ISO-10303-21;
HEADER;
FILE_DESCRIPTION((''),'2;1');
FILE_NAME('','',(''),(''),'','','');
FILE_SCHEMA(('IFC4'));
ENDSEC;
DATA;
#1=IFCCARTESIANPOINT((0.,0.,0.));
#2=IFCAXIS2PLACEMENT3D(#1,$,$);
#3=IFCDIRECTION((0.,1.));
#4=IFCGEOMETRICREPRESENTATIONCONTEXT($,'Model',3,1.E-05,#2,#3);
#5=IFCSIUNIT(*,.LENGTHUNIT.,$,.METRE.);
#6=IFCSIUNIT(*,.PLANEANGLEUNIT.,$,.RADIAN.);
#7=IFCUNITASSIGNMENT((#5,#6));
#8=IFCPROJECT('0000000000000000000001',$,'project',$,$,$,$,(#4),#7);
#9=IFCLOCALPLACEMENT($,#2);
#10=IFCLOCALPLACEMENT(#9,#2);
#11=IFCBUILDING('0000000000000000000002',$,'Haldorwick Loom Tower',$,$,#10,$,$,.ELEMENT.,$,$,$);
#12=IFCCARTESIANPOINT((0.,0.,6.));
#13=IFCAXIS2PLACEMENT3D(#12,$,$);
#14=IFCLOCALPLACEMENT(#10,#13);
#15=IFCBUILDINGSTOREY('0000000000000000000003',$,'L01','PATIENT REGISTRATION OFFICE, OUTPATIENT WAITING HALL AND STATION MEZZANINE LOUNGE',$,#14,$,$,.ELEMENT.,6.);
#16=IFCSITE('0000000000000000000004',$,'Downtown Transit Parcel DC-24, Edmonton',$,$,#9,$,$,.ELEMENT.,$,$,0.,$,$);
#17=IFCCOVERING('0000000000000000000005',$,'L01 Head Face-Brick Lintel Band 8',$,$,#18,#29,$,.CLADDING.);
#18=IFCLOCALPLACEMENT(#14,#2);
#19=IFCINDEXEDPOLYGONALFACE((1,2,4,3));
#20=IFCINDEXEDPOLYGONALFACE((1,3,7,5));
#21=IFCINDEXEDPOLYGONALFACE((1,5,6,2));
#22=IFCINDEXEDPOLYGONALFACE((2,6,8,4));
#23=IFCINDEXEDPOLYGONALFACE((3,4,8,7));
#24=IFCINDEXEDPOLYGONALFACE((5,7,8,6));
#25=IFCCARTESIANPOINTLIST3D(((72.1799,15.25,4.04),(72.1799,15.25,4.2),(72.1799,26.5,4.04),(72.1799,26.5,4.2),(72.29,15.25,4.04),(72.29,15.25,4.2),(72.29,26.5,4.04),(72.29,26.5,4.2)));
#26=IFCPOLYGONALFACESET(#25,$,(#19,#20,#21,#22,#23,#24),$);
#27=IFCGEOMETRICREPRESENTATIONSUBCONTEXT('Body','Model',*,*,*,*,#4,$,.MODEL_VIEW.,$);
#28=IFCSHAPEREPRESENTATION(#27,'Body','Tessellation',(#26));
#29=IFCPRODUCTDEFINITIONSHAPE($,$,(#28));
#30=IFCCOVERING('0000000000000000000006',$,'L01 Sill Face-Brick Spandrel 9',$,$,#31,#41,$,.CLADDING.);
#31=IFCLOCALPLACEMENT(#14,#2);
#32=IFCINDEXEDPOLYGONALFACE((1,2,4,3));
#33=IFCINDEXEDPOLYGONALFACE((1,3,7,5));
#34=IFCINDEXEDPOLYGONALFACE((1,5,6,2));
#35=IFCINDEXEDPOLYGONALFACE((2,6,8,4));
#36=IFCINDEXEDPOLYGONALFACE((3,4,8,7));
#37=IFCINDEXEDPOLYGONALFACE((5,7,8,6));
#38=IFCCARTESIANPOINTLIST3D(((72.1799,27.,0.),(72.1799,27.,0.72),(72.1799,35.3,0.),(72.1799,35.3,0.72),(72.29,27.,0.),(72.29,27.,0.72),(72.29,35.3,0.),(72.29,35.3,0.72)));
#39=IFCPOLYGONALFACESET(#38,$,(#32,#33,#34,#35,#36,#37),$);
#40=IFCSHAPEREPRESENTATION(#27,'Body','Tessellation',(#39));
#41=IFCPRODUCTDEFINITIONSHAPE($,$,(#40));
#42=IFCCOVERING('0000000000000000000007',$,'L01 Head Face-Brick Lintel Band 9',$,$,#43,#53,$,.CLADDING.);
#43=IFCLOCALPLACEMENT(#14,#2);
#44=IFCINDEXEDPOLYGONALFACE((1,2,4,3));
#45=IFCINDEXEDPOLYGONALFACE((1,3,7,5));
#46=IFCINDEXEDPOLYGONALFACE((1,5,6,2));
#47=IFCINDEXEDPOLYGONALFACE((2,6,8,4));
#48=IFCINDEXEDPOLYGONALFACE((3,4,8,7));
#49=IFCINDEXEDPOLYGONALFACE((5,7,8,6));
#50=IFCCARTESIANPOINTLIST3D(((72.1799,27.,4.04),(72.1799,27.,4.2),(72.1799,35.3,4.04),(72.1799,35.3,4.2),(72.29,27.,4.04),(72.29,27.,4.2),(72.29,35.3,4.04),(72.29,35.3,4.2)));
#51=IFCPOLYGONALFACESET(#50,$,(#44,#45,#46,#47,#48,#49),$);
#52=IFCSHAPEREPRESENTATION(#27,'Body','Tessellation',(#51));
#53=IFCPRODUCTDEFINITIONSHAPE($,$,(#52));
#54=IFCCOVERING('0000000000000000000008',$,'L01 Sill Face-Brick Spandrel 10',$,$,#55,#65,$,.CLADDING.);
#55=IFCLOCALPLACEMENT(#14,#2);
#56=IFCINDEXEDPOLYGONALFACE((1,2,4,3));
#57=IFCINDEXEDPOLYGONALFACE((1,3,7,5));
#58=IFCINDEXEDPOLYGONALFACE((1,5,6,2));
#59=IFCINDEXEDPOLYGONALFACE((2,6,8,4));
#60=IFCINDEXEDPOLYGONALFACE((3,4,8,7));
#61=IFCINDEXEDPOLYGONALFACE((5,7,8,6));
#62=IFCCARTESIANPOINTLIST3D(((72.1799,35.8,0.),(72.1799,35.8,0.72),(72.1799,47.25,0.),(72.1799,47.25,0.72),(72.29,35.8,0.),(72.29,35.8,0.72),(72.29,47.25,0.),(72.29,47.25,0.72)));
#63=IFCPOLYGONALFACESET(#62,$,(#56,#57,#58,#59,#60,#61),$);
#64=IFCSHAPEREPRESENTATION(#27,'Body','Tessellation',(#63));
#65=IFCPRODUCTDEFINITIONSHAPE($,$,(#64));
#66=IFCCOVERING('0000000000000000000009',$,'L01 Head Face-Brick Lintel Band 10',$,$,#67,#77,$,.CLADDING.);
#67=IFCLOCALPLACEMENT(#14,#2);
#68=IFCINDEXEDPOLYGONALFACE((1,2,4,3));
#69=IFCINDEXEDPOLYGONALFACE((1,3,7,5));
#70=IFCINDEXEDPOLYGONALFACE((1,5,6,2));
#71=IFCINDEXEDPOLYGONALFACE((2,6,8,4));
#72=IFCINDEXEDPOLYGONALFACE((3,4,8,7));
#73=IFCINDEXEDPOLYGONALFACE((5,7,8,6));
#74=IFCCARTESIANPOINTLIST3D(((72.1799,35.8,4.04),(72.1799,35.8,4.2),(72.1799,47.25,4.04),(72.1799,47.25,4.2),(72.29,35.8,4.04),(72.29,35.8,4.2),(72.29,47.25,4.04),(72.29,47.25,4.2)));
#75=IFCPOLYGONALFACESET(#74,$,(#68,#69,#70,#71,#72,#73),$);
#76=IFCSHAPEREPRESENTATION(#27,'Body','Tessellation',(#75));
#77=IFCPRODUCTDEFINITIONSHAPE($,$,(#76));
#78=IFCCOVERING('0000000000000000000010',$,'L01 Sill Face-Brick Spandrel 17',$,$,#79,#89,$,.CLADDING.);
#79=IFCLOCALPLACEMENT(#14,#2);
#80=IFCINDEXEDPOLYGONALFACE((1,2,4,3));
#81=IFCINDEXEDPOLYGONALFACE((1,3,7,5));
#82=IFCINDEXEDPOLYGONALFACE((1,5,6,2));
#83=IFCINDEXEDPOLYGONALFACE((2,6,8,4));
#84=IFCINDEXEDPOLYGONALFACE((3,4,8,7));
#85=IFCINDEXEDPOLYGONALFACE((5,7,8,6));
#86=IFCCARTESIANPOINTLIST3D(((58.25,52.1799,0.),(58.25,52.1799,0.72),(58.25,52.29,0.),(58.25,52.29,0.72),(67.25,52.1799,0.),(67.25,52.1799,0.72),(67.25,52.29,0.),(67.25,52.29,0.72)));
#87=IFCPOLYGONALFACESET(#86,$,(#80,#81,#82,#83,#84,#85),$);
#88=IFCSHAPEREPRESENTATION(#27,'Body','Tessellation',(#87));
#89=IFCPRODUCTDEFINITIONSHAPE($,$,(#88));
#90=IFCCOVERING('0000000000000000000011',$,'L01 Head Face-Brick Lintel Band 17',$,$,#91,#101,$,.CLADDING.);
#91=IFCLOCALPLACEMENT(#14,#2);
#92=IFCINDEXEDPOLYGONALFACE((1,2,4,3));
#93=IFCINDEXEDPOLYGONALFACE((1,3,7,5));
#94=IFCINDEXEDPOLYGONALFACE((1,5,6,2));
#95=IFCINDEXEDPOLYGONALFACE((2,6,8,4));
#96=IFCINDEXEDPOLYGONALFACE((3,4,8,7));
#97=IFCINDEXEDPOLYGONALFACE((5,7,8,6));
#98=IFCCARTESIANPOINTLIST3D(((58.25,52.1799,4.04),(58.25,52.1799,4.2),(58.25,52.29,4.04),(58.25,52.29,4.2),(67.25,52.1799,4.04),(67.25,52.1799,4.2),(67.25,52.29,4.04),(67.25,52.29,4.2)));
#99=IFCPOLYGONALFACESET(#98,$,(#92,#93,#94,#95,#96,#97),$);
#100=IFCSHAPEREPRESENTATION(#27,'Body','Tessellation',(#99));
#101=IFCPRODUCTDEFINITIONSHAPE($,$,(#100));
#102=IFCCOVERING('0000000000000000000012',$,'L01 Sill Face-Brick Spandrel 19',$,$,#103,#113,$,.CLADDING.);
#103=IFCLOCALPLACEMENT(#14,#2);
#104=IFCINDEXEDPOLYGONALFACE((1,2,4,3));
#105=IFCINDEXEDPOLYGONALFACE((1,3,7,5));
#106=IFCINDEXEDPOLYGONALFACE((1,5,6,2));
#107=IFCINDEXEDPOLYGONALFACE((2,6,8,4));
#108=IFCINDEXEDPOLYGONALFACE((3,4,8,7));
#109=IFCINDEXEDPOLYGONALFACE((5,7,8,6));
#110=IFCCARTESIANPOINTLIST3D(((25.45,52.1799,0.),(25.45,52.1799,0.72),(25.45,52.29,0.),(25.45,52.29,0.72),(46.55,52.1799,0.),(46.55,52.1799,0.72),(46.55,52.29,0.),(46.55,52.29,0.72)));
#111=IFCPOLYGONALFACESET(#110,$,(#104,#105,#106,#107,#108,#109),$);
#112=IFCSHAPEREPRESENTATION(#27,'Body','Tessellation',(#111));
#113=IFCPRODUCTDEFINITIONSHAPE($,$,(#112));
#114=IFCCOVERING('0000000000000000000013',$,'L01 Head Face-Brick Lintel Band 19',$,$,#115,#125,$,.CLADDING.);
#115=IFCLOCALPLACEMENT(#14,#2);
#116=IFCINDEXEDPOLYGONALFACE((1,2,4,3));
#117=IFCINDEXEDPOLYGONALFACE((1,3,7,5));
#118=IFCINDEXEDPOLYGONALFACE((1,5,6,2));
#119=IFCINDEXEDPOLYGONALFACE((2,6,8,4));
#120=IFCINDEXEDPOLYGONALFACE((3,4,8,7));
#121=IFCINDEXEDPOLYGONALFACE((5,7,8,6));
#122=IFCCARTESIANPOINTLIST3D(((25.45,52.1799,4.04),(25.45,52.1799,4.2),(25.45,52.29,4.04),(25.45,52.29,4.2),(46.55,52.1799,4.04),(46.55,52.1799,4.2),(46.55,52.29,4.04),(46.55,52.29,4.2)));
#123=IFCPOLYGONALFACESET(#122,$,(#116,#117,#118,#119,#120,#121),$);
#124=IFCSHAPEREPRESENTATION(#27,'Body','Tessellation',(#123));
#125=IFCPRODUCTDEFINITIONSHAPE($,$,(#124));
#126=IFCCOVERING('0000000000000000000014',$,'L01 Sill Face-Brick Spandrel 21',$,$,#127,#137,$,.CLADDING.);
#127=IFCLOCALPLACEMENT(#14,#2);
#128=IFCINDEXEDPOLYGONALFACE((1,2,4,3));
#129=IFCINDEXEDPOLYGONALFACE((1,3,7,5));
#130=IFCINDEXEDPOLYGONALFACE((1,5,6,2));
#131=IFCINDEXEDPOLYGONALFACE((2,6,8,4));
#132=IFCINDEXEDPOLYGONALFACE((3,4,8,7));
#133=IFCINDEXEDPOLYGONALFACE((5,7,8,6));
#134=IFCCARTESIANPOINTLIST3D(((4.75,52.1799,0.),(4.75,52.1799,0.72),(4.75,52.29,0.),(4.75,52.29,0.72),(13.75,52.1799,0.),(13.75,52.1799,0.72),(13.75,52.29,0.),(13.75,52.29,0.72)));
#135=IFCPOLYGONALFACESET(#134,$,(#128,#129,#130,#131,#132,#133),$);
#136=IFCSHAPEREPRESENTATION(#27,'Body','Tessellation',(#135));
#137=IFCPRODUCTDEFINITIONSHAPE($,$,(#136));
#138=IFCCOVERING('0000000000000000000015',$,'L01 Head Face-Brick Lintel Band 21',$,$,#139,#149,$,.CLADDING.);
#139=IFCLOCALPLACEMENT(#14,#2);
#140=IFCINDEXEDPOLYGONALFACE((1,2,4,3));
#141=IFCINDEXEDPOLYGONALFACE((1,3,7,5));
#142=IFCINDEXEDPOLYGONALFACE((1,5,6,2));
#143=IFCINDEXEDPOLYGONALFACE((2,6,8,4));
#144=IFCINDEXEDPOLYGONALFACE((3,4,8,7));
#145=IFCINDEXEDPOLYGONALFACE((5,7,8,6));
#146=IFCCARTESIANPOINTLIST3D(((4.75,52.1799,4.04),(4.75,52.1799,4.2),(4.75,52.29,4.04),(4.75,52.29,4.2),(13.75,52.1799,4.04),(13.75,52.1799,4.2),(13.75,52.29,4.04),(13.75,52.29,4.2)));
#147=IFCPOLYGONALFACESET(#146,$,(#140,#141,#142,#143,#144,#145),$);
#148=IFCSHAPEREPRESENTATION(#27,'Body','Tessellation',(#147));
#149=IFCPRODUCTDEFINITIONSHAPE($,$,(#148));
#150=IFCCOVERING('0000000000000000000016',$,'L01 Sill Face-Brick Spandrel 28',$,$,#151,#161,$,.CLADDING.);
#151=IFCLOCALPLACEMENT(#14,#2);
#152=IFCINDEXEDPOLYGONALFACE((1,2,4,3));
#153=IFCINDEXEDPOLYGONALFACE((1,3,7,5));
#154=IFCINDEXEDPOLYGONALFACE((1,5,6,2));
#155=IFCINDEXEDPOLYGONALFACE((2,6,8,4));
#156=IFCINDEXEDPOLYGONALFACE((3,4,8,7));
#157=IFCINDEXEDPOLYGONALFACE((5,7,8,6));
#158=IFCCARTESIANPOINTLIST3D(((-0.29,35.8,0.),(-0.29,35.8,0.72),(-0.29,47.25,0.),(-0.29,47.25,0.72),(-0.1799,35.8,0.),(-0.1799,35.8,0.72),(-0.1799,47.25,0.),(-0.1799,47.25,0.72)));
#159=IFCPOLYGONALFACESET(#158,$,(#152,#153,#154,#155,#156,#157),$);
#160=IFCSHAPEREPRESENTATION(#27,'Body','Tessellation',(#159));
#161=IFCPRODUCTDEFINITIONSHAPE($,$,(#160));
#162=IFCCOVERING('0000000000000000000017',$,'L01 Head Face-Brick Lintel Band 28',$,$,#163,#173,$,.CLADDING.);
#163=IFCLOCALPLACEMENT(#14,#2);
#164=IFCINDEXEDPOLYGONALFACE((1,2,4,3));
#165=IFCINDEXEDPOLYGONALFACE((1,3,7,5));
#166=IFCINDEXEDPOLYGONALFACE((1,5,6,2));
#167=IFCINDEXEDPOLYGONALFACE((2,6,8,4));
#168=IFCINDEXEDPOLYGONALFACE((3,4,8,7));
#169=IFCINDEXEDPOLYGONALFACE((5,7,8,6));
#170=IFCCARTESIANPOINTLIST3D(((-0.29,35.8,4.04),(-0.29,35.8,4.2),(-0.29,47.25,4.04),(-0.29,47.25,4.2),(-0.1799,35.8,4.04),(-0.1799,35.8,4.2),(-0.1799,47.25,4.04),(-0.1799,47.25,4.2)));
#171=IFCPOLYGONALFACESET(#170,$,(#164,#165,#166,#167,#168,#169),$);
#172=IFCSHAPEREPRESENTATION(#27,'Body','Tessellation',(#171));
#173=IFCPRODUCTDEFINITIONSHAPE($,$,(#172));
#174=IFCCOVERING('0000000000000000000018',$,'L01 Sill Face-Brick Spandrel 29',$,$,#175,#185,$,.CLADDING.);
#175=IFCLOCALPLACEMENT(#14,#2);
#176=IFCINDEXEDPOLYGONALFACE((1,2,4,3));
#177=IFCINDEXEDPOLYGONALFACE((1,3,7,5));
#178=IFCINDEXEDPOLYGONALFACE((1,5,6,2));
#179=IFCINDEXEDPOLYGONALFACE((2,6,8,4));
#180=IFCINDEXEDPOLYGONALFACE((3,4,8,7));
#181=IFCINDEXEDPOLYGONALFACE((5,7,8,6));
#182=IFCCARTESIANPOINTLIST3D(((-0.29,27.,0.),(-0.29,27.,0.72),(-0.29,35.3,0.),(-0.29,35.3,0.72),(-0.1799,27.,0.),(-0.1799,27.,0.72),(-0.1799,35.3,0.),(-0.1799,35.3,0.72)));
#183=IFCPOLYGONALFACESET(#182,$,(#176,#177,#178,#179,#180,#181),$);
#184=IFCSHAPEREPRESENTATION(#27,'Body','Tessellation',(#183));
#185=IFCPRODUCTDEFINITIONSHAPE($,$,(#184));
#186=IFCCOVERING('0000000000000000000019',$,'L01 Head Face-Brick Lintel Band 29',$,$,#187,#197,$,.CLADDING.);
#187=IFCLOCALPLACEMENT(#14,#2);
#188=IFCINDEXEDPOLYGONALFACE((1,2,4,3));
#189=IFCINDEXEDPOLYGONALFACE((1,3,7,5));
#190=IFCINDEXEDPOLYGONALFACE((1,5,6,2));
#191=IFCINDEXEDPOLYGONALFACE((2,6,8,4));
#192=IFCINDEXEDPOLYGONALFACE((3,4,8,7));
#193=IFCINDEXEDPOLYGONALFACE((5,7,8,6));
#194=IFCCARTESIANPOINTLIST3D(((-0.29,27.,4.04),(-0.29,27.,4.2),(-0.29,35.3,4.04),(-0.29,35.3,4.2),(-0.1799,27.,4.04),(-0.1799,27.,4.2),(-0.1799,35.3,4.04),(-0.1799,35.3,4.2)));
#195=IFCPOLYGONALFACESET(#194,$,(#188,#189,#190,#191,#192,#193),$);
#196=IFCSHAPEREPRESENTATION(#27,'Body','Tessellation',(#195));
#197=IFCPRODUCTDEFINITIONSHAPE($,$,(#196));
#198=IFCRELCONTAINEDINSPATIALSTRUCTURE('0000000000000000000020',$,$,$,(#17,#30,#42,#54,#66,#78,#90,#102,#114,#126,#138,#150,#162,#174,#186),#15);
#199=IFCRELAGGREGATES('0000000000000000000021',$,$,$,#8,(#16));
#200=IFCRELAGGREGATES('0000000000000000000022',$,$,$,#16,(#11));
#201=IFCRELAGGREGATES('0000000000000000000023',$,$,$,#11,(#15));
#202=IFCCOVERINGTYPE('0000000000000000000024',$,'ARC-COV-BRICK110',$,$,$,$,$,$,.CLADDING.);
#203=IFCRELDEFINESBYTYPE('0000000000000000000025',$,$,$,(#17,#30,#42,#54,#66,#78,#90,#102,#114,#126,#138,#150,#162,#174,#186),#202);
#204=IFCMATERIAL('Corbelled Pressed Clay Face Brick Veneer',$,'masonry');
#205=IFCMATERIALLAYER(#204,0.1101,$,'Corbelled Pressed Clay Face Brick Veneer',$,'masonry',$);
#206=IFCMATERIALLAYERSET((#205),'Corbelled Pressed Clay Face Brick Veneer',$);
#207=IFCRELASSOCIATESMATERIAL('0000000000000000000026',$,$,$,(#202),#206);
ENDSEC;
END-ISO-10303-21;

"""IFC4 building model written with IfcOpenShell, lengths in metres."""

from ifc_helpers import new_model, si_unit, direction, frame, origin, place, context, subcontext, project, spatial, polyline, outline, extrude, material, layer, layer_set, type_object, element, save


model = new_model("IFC4")

# Units and contexts
model_context = context("Model", 3, precision=1e-05, world=origin(), true_north=direction((0.0, 1.0)))
body_context = subcontext(model_context, "Body", "Model", "MODEL_VIEW")
ifc_project = project(units=[si_unit("LENGTHUNIT", "METRE"), si_unit("PLANEANGLEUNIT", "RADIAN")], contexts=[model_context])

# Site, building, storey
site_placement = place(None, origin())
site = spatial("IfcSite", under=ifc_project, at=site_placement, Name="Downtown Transit Parcel DC-24, Edmonton", CompositionType="ELEMENT", RefElevation=0.0)
building_placement = place(site_placement, origin())
building = spatial("IfcBuilding", under=site, at=building_placement, Name="Haldorwick Loom Tower", CompositionType="ELEMENT")
storey_placement = place(building_placement, frame((0.0, 0.0, 6.0)))
storey = spatial("IfcBuildingStorey", under=building, at=storey_placement, Name="L01", Description="PATIENT REGISTRATION OFFICE, OUTPATIENT WAITING HALL AND STATION MEZZANINE LOUNGE", CompositionType="ELEMENT", Elevation=6.0)

# Coverings
ifc_material_1 = material(Name="Corbelled Pressed Clay Face Brick Veneer", Category="masonry")
ifc_layer_1 = layer(ifc_material_1, 0.1101, Name="Corbelled Pressed Clay Face Brick Veneer", Category="masonry")
ifc_layer_set_1 = layer_set([ifc_layer_1], Name="Corbelled Pressed Clay Face Brick Veneer")
covering_type = type_object("IfcCoveringType", Name="ARC-COV-BRICK110", PredefinedType="CLADDING", material=ifc_layer_set_1)
covering_1_placement = place(storey_placement, frame((0.0, 0.0, 4.04)))
element("IfcCovering", 1, at=covering_1_placement, inside=storey, type_object=covering_type, Name="L01 Head Face-Brick Lintel Band 8", PredefinedType="CLADDING", context=body_context, shape_type="SweptSolid", body=[
    extrude(outline(polyline([(72.29, 15.25), (72.29, 26.5), (72.1799, 26.5), (72.1799, 15.25), (72.29, 15.25)])), origin(), (0.0, 0.0, 1.0), 0.1599),
])
covering_2_placement = place(storey_placement, origin())
element("IfcCovering", 2, at=covering_2_placement, inside=storey, type_object=covering_type, Name="L01 Sill Face-Brick Spandrel 9", PredefinedType="CLADDING", context=body_context, shape_type="SweptSolid", body=[
    extrude(outline(polyline([(72.29, 27.0), (72.29, 35.3), (72.1799, 35.3), (72.1799, 27.0), (72.29, 27.0)])), origin(), (0.0, 0.0, 1.0), 0.72),
])
covering_3_placement = place(storey_placement, frame((0.0, 0.0, 4.04)))
element("IfcCovering", 3, at=covering_3_placement, inside=storey, type_object=covering_type, Name="L01 Head Face-Brick Lintel Band 9", PredefinedType="CLADDING", context=body_context, shape_type="SweptSolid", body=[
    extrude(outline(polyline([(72.29, 27.0), (72.29, 35.3), (72.1799, 35.3), (72.1799, 27.0), (72.29, 27.0)])), origin(), (0.0, 0.0, 1.0), 0.1599),
])
covering_4_placement = place(storey_placement, origin())
element("IfcCovering", 4, at=covering_4_placement, inside=storey, type_object=covering_type, Name="L01 Sill Face-Brick Spandrel 10", PredefinedType="CLADDING", context=body_context, shape_type="SweptSolid", body=[
    extrude(outline(polyline([(72.29, 35.8), (72.29, 47.25), (72.1799, 47.25), (72.1799, 35.8), (72.29, 35.8)])), origin(), (0.0, 0.0, 1.0), 0.72),
])
covering_5_placement = place(storey_placement, frame((0.0, 0.0, 4.04)))
element("IfcCovering", 5, at=covering_5_placement, inside=storey, type_object=covering_type, Name="L01 Head Face-Brick Lintel Band 10", PredefinedType="CLADDING", context=body_context, shape_type="SweptSolid", body=[
    extrude(outline(polyline([(72.29, 35.8), (72.29, 47.25), (72.1799, 47.25), (72.1799, 35.8), (72.29, 35.8)])), origin(), (0.0, 0.0, 1.0), 0.1599),
])
covering_6_placement = place(storey_placement, origin())
element("IfcCovering", 6, at=covering_6_placement, inside=storey, type_object=covering_type, Name="L01 Sill Face-Brick Spandrel 17", PredefinedType="CLADDING", context=body_context, shape_type="SweptSolid", body=[
    extrude(outline(polyline([(67.25, 52.29), (58.25, 52.29), (58.25, 52.1799), (67.25, 52.1799), (67.25, 52.29)])), origin(), (0.0, 0.0, 1.0), 0.72),
])
covering_7_placement = place(storey_placement, frame((0.0, 0.0, 4.04)))
element("IfcCovering", 7, at=covering_7_placement, inside=storey, type_object=covering_type, Name="L01 Head Face-Brick Lintel Band 17", PredefinedType="CLADDING", context=body_context, shape_type="SweptSolid", body=[
    extrude(outline(polyline([(67.25, 52.29), (58.25, 52.29), (58.25, 52.1799), (67.25, 52.1799), (67.25, 52.29)])), origin(), (0.0, 0.0, 1.0), 0.1599),
])
covering_8_placement = place(storey_placement, origin())
element("IfcCovering", 8, at=covering_8_placement, inside=storey, type_object=covering_type, Name="L01 Sill Face-Brick Spandrel 19", PredefinedType="CLADDING", context=body_context, shape_type="SweptSolid", body=[
    extrude(outline(polyline([(46.55, 52.29), (25.45, 52.29), (25.45, 52.1799), (46.55, 52.1799), (46.55, 52.29)])), origin(), (0.0, 0.0, 1.0), 0.72),
])
covering_9_placement = place(storey_placement, frame((0.0, 0.0, 4.04)))
element("IfcCovering", 9, at=covering_9_placement, inside=storey, type_object=covering_type, Name="L01 Head Face-Brick Lintel Band 19", PredefinedType="CLADDING", context=body_context, shape_type="SweptSolid", body=[
    extrude(outline(polyline([(46.55, 52.29), (25.45, 52.29), (25.45, 52.1799), (46.55, 52.1799), (46.55, 52.29)])), origin(), (0.0, 0.0, 1.0), 0.1599),
])
covering_10_placement = place(storey_placement, origin())
element("IfcCovering", 10, at=covering_10_placement, inside=storey, type_object=covering_type, Name="L01 Sill Face-Brick Spandrel 21", PredefinedType="CLADDING", context=body_context, shape_type="SweptSolid", body=[
    extrude(outline(polyline([(13.75, 52.29), (4.75, 52.29), (4.75, 52.1799), (13.75, 52.1799), (13.75, 52.29)])), origin(), (0.0, 0.0, 1.0), 0.72),
])
covering_11_placement = place(storey_placement, frame((0.0, 0.0, 4.04)))
element("IfcCovering", 11, at=covering_11_placement, inside=storey, type_object=covering_type, Name="L01 Head Face-Brick Lintel Band 21", PredefinedType="CLADDING", context=body_context, shape_type="SweptSolid", body=[
    extrude(outline(polyline([(13.75, 52.29), (4.75, 52.29), (4.75, 52.1799), (13.75, 52.1799), (13.75, 52.29)])), origin(), (0.0, 0.0, 1.0), 0.1599),
])
covering_12_placement = place(storey_placement, origin())
element("IfcCovering", 12, at=covering_12_placement, inside=storey, type_object=covering_type, Name="L01 Sill Face-Brick Spandrel 28", PredefinedType="CLADDING", context=body_context, shape_type="SweptSolid", body=[
    extrude(outline(polyline([(-0.29, 47.25), (-0.29, 35.8), (-0.1799, 35.8), (-0.1799, 47.25), (-0.29, 47.25)])), origin(), (0.0, 0.0, 1.0), 0.72),
])
covering_13_placement = place(storey_placement, frame((0.0, 0.0, 4.04)))
element("IfcCovering", 13, at=covering_13_placement, inside=storey, type_object=covering_type, Name="L01 Head Face-Brick Lintel Band 28", PredefinedType="CLADDING", context=body_context, shape_type="SweptSolid", body=[
    extrude(outline(polyline([(-0.29, 47.25), (-0.29, 35.8), (-0.1799, 35.8), (-0.1799, 47.25), (-0.29, 47.25)])), origin(), (0.0, 0.0, 1.0), 0.1599),
])
covering_14_placement = place(storey_placement, origin())
element("IfcCovering", 14, at=covering_14_placement, inside=storey, type_object=covering_type, Name="L01 Sill Face-Brick Spandrel 29", PredefinedType="CLADDING", context=body_context, shape_type="SweptSolid", body=[
    extrude(outline(polyline([(-0.29, 35.3), (-0.29, 27.0), (-0.1799, 27.0), (-0.1799, 35.3), (-0.29, 35.3)])), origin(), (0.0, 0.0, 1.0), 0.72),
])
covering_15_placement = place(storey_placement, frame((0.0, 0.0, 4.04)))
element("IfcCovering", 15, at=covering_15_placement, inside=storey, type_object=covering_type, Name="L01 Head Face-Brick Lintel Band 29", PredefinedType="CLADDING", context=body_context, shape_type="SweptSolid", body=[
    extrude(outline(polyline([(-0.29, 35.3), (-0.29, 27.0), (-0.1799, 27.0), (-0.1799, 35.3), (-0.29, 35.3)])), origin(), (0.0, 0.0, 1.0), 0.1599),
])

save(model, "model.ifc")
